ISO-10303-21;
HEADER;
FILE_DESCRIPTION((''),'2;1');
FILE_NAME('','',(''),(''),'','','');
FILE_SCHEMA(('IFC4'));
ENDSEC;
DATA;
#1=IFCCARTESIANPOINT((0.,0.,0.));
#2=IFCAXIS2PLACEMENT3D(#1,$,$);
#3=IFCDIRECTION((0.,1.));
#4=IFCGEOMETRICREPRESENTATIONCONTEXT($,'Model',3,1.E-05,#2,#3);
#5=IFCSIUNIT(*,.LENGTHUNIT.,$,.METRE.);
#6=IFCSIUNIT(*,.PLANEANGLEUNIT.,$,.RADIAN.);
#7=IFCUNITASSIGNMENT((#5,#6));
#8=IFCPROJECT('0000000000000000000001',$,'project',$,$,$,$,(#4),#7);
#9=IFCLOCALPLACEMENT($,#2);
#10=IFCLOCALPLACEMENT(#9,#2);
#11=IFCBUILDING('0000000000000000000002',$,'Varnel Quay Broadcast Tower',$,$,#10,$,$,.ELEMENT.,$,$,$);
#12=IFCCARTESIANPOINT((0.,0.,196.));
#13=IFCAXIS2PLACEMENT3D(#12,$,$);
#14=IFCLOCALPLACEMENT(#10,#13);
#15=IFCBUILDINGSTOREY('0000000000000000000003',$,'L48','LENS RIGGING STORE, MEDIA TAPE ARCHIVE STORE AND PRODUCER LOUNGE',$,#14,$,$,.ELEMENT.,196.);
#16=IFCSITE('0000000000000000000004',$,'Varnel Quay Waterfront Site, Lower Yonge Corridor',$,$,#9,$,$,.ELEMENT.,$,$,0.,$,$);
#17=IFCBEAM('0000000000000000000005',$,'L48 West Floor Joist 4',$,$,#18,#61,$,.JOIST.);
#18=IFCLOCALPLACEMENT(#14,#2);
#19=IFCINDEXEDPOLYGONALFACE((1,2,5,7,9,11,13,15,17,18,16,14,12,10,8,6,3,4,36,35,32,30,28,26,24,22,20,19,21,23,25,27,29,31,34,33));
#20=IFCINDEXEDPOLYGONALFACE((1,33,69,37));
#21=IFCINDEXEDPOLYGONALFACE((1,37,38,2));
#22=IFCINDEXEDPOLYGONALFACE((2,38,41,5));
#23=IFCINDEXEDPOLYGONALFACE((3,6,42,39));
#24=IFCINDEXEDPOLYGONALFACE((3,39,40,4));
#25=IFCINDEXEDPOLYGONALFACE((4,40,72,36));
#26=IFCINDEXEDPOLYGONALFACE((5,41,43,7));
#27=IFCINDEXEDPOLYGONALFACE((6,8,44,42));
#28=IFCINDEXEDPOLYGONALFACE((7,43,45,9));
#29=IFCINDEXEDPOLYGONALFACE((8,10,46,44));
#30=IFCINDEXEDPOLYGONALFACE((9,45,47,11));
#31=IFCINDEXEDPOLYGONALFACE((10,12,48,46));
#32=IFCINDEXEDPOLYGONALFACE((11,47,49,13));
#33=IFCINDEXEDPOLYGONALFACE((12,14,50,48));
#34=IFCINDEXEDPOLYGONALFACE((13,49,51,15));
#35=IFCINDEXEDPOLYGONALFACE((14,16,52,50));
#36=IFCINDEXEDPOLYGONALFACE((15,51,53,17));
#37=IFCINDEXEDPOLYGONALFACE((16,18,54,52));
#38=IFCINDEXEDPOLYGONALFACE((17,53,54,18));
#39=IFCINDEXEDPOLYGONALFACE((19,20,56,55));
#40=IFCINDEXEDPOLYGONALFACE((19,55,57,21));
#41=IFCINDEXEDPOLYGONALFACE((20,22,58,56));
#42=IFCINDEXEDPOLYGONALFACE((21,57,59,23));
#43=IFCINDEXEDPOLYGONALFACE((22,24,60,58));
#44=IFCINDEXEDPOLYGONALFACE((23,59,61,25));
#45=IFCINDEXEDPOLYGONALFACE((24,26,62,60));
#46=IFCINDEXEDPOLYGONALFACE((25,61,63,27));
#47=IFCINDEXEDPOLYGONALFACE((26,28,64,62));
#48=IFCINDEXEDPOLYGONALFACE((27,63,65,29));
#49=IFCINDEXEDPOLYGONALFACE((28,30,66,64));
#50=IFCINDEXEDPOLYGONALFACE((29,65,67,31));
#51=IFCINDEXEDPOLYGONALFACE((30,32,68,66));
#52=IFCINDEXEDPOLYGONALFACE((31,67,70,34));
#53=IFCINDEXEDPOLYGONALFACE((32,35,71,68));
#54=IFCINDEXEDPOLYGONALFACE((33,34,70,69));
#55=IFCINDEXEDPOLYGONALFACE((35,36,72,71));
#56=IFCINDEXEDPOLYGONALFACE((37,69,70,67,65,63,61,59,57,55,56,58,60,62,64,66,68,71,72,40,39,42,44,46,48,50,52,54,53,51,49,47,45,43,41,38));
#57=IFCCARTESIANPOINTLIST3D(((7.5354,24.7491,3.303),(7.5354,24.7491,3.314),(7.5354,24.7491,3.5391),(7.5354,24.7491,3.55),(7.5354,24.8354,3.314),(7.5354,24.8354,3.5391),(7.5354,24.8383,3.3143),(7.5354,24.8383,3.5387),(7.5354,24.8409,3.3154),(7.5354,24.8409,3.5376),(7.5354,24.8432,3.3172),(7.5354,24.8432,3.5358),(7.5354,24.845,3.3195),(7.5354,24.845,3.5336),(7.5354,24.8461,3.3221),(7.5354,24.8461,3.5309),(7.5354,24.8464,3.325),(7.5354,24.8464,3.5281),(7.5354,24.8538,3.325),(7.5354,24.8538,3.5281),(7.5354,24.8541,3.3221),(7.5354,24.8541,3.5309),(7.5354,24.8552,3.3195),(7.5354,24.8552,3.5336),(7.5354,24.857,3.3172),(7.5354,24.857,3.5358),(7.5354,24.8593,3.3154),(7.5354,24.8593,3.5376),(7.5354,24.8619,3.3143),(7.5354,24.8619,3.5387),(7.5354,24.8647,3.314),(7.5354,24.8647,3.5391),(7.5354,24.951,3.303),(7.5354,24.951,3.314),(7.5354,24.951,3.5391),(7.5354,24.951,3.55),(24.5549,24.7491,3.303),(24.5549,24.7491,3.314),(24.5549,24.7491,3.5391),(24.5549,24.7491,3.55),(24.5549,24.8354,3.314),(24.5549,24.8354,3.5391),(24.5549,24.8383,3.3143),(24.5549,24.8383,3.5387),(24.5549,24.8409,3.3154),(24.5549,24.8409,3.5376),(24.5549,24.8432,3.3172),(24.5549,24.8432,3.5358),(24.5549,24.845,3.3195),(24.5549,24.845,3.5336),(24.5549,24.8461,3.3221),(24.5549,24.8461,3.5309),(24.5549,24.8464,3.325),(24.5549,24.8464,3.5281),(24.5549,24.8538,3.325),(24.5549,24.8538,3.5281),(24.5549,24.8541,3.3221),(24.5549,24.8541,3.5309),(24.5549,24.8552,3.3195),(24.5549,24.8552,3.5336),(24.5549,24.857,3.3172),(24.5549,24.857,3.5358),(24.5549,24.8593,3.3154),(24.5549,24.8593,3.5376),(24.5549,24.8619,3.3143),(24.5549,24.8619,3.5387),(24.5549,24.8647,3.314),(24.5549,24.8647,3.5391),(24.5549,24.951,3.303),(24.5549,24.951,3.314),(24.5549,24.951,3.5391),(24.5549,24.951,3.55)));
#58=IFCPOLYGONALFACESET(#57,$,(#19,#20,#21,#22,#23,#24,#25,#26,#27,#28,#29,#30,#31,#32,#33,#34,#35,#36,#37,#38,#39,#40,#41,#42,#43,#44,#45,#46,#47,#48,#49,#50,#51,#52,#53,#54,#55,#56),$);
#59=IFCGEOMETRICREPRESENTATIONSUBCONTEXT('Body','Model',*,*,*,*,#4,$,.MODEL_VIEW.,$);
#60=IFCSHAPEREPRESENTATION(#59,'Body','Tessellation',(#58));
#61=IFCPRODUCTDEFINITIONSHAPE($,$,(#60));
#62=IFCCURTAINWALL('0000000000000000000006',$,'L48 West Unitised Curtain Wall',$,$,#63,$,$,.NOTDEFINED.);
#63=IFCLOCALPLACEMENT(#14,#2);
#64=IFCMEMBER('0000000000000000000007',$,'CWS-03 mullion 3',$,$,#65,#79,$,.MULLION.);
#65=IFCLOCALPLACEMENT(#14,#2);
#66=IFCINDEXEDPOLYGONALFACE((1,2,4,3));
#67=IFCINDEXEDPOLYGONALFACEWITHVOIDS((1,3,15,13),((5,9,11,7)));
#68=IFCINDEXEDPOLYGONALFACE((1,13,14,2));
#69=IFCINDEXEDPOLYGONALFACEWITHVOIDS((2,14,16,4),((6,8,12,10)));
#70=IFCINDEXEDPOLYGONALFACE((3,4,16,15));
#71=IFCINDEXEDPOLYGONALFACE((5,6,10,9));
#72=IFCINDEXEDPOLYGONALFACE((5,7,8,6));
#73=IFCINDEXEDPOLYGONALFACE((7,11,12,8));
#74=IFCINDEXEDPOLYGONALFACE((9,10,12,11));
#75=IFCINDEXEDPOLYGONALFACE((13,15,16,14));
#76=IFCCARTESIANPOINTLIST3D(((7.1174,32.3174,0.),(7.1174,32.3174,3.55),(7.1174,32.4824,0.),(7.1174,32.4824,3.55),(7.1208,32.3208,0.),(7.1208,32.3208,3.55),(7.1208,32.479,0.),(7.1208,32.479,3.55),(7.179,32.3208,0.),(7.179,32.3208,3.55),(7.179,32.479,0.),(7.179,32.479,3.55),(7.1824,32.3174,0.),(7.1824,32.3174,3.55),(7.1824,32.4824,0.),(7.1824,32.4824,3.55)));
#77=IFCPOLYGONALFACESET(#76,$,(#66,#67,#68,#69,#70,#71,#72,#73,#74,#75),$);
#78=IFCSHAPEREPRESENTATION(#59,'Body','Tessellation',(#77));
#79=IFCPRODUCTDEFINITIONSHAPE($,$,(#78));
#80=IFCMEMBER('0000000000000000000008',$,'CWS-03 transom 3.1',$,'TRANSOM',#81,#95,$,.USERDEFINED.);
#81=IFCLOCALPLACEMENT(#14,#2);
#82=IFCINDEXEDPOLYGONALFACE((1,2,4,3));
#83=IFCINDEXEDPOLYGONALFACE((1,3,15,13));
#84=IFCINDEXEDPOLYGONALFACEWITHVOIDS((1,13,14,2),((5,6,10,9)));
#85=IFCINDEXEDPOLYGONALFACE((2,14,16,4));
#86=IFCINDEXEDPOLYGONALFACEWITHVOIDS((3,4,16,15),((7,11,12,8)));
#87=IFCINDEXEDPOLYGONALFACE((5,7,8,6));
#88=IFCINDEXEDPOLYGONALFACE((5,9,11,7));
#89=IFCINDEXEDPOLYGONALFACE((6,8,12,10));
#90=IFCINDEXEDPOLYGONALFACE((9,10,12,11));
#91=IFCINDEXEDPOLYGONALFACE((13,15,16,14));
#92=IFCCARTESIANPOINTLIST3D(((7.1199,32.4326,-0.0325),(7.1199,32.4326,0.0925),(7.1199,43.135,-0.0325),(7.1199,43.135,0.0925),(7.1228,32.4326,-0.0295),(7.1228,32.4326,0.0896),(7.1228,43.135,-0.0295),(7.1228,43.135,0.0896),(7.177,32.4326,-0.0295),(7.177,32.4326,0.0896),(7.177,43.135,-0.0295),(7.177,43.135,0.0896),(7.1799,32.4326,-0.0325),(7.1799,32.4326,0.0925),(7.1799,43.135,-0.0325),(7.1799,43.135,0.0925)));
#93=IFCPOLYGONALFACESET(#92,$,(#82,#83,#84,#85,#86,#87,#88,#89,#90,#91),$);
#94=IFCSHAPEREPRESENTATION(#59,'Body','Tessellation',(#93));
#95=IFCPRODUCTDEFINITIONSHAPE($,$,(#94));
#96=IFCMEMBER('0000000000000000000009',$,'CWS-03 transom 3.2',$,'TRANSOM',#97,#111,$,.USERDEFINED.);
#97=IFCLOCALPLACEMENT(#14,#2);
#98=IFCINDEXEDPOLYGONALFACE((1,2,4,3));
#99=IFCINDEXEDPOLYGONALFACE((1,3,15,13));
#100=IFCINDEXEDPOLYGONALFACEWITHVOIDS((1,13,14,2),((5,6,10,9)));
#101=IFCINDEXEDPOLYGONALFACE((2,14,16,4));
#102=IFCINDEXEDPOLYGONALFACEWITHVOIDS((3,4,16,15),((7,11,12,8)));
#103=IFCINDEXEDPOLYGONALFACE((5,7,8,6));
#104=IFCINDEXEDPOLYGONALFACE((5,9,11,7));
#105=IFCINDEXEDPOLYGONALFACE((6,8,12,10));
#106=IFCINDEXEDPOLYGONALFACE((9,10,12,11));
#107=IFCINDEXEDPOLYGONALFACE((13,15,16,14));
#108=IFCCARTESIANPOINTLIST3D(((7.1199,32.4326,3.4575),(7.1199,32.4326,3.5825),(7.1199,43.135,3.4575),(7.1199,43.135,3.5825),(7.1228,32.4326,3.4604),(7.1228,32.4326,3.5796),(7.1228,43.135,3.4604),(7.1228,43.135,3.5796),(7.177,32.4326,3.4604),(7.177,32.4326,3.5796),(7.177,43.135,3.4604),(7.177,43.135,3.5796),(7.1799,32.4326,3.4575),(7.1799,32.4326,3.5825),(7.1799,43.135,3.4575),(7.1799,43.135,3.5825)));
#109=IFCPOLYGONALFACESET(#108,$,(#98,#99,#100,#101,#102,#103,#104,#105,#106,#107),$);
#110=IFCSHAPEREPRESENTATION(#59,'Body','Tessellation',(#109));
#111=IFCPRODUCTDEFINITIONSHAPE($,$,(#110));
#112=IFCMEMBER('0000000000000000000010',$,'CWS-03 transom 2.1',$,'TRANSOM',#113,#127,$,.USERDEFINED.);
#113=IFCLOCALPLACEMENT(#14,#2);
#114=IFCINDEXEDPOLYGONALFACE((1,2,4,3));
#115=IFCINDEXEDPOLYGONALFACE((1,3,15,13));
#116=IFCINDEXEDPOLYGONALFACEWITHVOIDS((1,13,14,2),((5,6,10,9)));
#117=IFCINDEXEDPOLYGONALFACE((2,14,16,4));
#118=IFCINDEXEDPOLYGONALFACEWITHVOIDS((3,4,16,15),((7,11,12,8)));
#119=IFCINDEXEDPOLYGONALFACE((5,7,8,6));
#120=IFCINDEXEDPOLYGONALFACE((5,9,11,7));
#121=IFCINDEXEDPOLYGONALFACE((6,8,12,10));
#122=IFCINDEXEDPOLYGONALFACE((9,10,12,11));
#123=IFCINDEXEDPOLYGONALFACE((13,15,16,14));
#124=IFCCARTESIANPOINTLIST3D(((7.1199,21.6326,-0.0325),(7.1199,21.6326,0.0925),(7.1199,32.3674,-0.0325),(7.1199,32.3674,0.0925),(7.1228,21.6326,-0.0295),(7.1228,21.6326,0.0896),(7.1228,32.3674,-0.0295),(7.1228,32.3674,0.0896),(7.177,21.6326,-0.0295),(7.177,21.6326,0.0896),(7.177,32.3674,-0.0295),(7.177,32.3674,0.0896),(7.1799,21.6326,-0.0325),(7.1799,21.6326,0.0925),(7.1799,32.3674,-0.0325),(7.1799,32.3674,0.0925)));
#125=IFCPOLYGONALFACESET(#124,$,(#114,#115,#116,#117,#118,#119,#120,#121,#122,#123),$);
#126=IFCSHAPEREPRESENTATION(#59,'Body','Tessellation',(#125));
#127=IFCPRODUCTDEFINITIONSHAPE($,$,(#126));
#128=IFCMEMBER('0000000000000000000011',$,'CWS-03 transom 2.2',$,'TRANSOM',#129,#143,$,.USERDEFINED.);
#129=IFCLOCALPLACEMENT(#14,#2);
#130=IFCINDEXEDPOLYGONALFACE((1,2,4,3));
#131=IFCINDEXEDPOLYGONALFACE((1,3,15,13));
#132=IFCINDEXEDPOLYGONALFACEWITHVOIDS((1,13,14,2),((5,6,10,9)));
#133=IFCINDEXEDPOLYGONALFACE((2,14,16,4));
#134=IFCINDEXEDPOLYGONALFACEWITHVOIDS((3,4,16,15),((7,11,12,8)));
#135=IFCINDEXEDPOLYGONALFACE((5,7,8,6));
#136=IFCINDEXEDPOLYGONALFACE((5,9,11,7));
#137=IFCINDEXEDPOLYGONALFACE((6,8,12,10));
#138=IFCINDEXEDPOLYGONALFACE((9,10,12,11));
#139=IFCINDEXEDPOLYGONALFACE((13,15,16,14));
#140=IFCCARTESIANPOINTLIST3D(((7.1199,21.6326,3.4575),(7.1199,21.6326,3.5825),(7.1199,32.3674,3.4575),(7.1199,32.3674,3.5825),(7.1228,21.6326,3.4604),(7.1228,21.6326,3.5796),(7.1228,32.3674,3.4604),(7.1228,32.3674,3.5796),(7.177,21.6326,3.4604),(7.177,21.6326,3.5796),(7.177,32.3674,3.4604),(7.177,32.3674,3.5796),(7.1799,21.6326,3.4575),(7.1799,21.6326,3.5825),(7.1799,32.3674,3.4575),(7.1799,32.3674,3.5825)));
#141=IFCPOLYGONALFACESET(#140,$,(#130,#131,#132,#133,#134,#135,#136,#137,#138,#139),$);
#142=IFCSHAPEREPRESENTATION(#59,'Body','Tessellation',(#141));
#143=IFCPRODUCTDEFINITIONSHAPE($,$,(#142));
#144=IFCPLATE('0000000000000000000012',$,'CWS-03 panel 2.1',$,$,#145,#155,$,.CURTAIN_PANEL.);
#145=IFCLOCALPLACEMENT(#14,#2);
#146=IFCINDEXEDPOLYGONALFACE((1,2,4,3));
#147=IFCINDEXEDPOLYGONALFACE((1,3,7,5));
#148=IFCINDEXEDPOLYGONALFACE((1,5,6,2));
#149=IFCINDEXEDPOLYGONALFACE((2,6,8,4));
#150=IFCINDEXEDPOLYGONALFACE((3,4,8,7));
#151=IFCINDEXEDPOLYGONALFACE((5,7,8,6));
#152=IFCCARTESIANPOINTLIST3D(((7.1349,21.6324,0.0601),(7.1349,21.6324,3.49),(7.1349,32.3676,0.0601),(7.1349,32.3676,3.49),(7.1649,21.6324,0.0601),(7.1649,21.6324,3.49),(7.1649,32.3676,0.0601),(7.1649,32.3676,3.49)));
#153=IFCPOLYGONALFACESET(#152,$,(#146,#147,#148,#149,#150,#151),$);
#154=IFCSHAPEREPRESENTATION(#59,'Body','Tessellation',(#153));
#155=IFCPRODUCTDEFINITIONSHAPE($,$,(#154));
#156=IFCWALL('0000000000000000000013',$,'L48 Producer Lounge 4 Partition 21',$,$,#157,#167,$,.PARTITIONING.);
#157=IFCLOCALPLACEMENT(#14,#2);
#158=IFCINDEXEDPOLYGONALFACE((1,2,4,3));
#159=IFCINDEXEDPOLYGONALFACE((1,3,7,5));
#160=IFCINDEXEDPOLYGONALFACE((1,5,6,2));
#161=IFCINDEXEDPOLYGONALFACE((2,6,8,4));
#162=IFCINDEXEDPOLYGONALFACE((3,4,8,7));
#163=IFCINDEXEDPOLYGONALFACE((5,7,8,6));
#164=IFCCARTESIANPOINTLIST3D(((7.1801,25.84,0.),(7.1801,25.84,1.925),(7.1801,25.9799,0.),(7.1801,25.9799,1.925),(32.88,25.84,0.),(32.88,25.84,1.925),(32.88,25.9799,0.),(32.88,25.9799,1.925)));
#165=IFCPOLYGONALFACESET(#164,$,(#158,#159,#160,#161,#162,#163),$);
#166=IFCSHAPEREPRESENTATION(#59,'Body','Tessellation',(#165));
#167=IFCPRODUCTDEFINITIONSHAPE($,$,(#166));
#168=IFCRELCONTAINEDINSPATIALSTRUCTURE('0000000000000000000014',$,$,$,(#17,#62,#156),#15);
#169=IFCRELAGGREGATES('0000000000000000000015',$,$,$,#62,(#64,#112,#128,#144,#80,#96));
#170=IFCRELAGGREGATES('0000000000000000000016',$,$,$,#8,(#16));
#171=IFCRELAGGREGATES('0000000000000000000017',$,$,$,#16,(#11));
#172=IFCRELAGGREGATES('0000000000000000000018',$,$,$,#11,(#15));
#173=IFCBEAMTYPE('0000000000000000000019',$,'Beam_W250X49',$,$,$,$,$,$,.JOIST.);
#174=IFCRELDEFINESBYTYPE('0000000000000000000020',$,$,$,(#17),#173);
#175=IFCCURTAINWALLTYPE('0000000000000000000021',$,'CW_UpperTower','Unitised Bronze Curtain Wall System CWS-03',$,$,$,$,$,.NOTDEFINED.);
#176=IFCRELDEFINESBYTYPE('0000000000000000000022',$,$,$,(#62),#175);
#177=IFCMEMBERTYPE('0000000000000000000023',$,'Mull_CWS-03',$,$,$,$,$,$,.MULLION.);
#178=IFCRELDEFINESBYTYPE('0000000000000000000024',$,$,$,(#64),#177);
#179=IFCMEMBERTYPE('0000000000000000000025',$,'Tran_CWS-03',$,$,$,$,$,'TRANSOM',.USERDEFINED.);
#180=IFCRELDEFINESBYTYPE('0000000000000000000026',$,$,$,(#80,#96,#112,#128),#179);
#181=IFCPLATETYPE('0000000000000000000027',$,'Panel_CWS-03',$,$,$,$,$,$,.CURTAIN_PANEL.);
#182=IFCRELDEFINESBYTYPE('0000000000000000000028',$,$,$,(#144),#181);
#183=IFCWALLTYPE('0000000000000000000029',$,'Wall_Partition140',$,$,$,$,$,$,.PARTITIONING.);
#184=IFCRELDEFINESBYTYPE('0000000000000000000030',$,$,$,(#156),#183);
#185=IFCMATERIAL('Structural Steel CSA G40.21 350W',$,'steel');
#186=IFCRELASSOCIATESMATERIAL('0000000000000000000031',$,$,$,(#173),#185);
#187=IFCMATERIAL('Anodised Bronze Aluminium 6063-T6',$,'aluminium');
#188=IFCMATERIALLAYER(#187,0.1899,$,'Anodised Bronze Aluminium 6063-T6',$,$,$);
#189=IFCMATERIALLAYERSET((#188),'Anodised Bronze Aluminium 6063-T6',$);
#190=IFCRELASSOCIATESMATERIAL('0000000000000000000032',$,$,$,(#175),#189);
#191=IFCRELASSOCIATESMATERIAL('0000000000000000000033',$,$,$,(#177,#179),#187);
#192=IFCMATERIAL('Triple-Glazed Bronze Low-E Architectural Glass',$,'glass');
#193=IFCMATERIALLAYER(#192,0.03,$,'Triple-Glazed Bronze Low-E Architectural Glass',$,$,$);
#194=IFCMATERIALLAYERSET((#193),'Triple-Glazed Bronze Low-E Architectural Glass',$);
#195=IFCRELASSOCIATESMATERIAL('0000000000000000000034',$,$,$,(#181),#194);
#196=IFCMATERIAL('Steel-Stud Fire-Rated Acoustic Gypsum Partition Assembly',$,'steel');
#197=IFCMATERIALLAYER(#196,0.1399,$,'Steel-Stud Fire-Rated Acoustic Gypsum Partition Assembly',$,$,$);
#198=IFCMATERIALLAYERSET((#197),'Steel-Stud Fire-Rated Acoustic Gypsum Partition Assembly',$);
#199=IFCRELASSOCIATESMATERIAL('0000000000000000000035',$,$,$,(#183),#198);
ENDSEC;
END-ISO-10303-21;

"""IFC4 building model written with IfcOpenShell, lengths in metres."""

from ifc_helpers import new_model, si_unit, direction, frame, frame_2d, origin, origin_2d, place, context, subcontext, project, spatial, rectangle, hollow_rectangle, i_section, extrude, source, transform, mapped, material, layer, layer_set, material_profile, profile_set, type_object, type_shapes, element, aggregate, save


model = new_model("IFC4")

# Units and contexts
model_context = context("Model", 3, precision=1e-05, world=origin(), true_north=direction((0.0, 1.0)))
body_context = subcontext(model_context, "Body", "Model", "MODEL_VIEW")
ifc_project = project(units=[si_unit("LENGTHUNIT", "METRE"), si_unit("PLANEANGLEUNIT", "RADIAN")], contexts=[model_context])

# Site, building, storey
site_placement = place(None, origin())
site = spatial("IfcSite", under=ifc_project, at=site_placement, Name="Varnel Quay Waterfront Site, Lower Yonge Corridor", CompositionType="ELEMENT", RefElevation=0.0)
building_placement = place(site_placement, origin())
building = spatial("IfcBuilding", under=site, at=building_placement, Name="Varnel Quay Broadcast Tower", CompositionType="ELEMENT")
storey_placement = place(building_placement, frame((0.0, 0.0, 196.0)))
storey = spatial("IfcBuildingStorey", under=building, at=storey_placement, Name="L48", Description="LENS RIGGING STORE, MEDIA TAPE ARCHIVE STORE AND PRODUCER LOUNGE", CompositionType="ELEMENT", Elevation=196.0)

# Shared definitions
ifc_material_1 = material(Name="Structural Steel CSA G40.21 350W", Category="steel")

# Beam
ifc_material_profile_1 = material_profile(ifc_material_1, i_section(OverallWidth=0.2019, OverallDepth=0.2471, WebThickness=0.0073, FlangeThickness=0.011, FilletRadius=0.011, at=origin_2d()), Name="W250X49")
ifc_profile_set_1 = profile_set([ifc_material_profile_1], Name="Structural Steel CSA G40.21 350W")
beam_type_1 = type_object("IfcBeamType", Name="Beam_W250X49", PredefinedType="JOIST", material=ifc_profile_set_1)
shared_shape_1 = source(origin(), body_context, "Body", "SweptSolid", [
    extrude(i_section(OverallWidth=0.2019, OverallDepth=0.2471, WebThickness=0.0073, FlangeThickness=0.011, FilletRadius=0.011, at=origin_2d()), origin(), (0.0, 0.0, 1.0), 17.0195),
])
beam_1_placement = place(storey_placement, frame((7.5354, 24.8501, 3.4265), z_axis=(1.0, 0.0, 0.0), x_axis=(0.0, 1.0, 0.0)))
element("IfcBeam", 1, at=beam_1_placement, inside=storey, type_object=beam_type_1, Name="L48 West Floor Joist 4", PredefinedType="JOIST", context=body_context, shape_type="MappedRepresentation", body=[
    mapped(shared_shape_1, transform((0.0, 0.0, 0.0), x_axis=(1.0, 0.0, 0.0), y_axis=(0.0, 1.0, 0.0), z_axis=(0.0, 0.0, 1.0), scale=1.0)),
])

# Curtain wall, members, plate
ifc_material_2 = material(Name="Anodised Bronze Aluminium 6063-T6", Category="aluminium")
ifc_layer_1 = layer(ifc_material_2, 0.1899, Name="Anodised Bronze Aluminium 6063-T6")
ifc_layer_set_1 = layer_set([ifc_layer_1], Name="Anodised Bronze Aluminium 6063-T6")
curtain_wall_type = type_object("IfcCurtainWallType", Name="CW_UpperTower", Description="Unitised Bronze Curtain Wall System CWS-03", PredefinedType="NOTDEFINED", material=ifc_layer_set_1)
curtain_wall_placement = place(storey_placement, origin())
curtain_wall = element("IfcCurtainWall", 2, at=curtain_wall_placement, inside=storey, type_object=curtain_wall_type, Name="L48 West Unitised Curtain Wall", PredefinedType="NOTDEFINED")
ifc_material_profile_2 = material_profile(ifc_material_2, hollow_rectangle(XDim=0.0649, YDim=0.165, WallThickness=0.0034, at=origin_2d()), Name="ALU65X165X3.5")
ifc_profile_set_2 = profile_set([ifc_material_profile_2], Name="Anodised Bronze Aluminium 6063-T6")
member_type_1 = type_object("IfcMemberType", Name="Mull_CWS-03", PredefinedType="MULLION", material=ifc_profile_set_2)
shared_shape_2 = source(origin(), body_context, "Body", "SweptSolid", [
    extrude(hollow_rectangle(XDim=0.0649, YDim=0.165, WallThickness=0.0034, at=origin_2d()), origin(), (0.0, 0.0, 1.0), 3.55),
])
type_shapes(member_type_1, [shared_shape_2])
member_1_placement = place(storey_placement, frame((7.1499, 32.3999, 0.0), z_axis=(0.0, 0.0, 1.0), x_axis=(-1.0, 0.0, 0.0)))
member_1 = element("IfcMember", 3, at=member_1_placement, type_object=member_type_1, Name="CWS-03 mullion 3", PredefinedType="MULLION", context=body_context, shape_type="MappedRepresentation", body=[
    mapped(shared_shape_2, transform((0.0, 0.0, 0.0), x_axis=(1.0, 0.0, 0.0), y_axis=(0.0, 1.0, 0.0), z_axis=(0.0, 0.0, 1.0), scale=1.0)),
])
ifc_material_profile_3 = material_profile(ifc_material_2, hollow_rectangle(XDim=0.0601, YDim=0.125, WallThickness=0.0029, at=origin_2d()), Name="ALU60X125X3")
ifc_profile_set_3 = profile_set([ifc_material_profile_3], Name="Anodised Bronze Aluminium 6063-T6")
member_type_2 = type_object("IfcMemberType", Name="Tran_CWS-03", ElementType="TRANSOM", PredefinedType="USERDEFINED", material=ifc_profile_set_3)
shared_shape_3 = source(origin(), body_context, "Body", "SweptSolid", [
    extrude(hollow_rectangle(XDim=0.0601, YDim=0.125, WallThickness=0.0029, at=origin_2d()), origin(), (0.0, 0.0, 1.0), 10.7024),
])
member_2_placement = place(storey_placement, frame((7.1499, 32.4326, 0.03), z_axis=(0.0, 1.0, 0.0), x_axis=(-1.0, 0.0, 0.0)))
member_2 = element("IfcMember", 4, at=member_2_placement, type_object=member_type_2, Name="CWS-03 transom 3.1", ObjectType="TRANSOM", PredefinedType="USERDEFINED", context=body_context, shape_type="MappedRepresentation", body=[
    mapped(shared_shape_3, transform((0.0, 0.0, 0.0), x_axis=(1.0, 0.0, 0.0), y_axis=(0.0, 1.0, 0.0), z_axis=(0.0, 0.0, 1.0), scale=1.0)),
])
member_3_placement = place(storey_placement, frame((7.1499, 32.4326, 3.52), z_axis=(0.0, 1.0, 0.0), x_axis=(-1.0, 0.0, 0.0)))
member_3 = element("IfcMember", 5, at=member_3_placement, type_object=member_type_2, Name="CWS-03 transom 3.2", ObjectType="TRANSOM", PredefinedType="USERDEFINED", context=body_context, shape_type="MappedRepresentation", body=[
    mapped(shared_shape_3, transform((0.0, 0.0, 0.0), x_axis=(1.0, 0.0, 0.0), y_axis=(0.0, 1.0, 0.0), z_axis=(0.0, 0.0, 1.0), scale=1.0)),
])
shared_shape_4 = source(origin(), body_context, "Body", "SweptSolid", [
    extrude(hollow_rectangle(XDim=0.0601, YDim=0.125, WallThickness=0.0029, at=origin_2d()), origin(), (0.0, 0.0, 1.0), 10.7349),
])
type_shapes(member_type_2, [shared_shape_3, shared_shape_4])
member_4_placement = place(storey_placement, frame((7.1499, 21.6326, 0.03), z_axis=(0.0, 1.0, 0.0), x_axis=(-1.0, 0.0, 0.0)))
member_4 = element("IfcMember", 6, at=member_4_placement, type_object=member_type_2, Name="CWS-03 transom 2.1", ObjectType="TRANSOM", PredefinedType="USERDEFINED", context=body_context, shape_type="MappedRepresentation", body=[
    mapped(shared_shape_4, transform((0.0, 0.0, 0.0), x_axis=(1.0, 0.0, 0.0), y_axis=(0.0, 1.0, 0.0), z_axis=(0.0, 0.0, 1.0), scale=1.0)),
])
member_5_placement = place(storey_placement, frame((7.1499, 21.6326, 3.52), z_axis=(0.0, 1.0, 0.0), x_axis=(-1.0, 0.0, 0.0)))
member_5 = element("IfcMember", 7, at=member_5_placement, type_object=member_type_2, Name="CWS-03 transom 2.2", ObjectType="TRANSOM", PredefinedType="USERDEFINED", context=body_context, shape_type="MappedRepresentation", body=[
    mapped(shared_shape_4, transform((0.0, 0.0, 0.0), x_axis=(1.0, 0.0, 0.0), y_axis=(0.0, 1.0, 0.0), z_axis=(0.0, 0.0, 1.0), scale=1.0)),
])
ifc_material_3 = material(Name="Triple-Glazed Bronze Low-E Architectural Glass", Category="glass")
ifc_layer_2 = layer(ifc_material_3, 0.03, Name="Triple-Glazed Bronze Low-E Architectural Glass")
ifc_layer_set_2 = layer_set([ifc_layer_2], Name="Triple-Glazed Bronze Low-E Architectural Glass")
plate_type = type_object("IfcPlateType", Name="Panel_CWS-03", PredefinedType="CURTAIN_PANEL", material=ifc_layer_set_2)
shared_shape_5 = source(origin(), body_context, "Body", "SweptSolid", [
    extrude(rectangle(XDim=10.7351, YDim=0.03, at=origin_2d()), origin(), (0.0, 0.0, 1.0), 3.4299),
])
type_shapes(plate_type, [shared_shape_5])
plate_placement = place(storey_placement, frame((7.1499, 27.0, 0.0601), z_axis=(0.0, 0.0, 1.0), x_axis=(0.0, 1.0, 0.0)))
plate = element("IfcPlate", 8, at=plate_placement, type_object=plate_type, Name="CWS-03 panel 2.1", PredefinedType="CURTAIN_PANEL", context=body_context, shape_type="MappedRepresentation", body=[
    mapped(shared_shape_5, transform((0.0, 0.0, 0.0), x_axis=(1.0, 0.0, 0.0), y_axis=(0.0, 1.0, 0.0), z_axis=(0.0, 0.0, 1.0), scale=1.0)),
])
aggregate(curtain_wall, [member_1, member_4, member_5, plate, member_2, member_3])

# Wall
ifc_material_4 = material(Name="Steel-Stud Fire-Rated Acoustic Gypsum Partition Assembly", Category="steel")
ifc_layer_3 = layer(ifc_material_4, 0.1399, Name="Steel-Stud Fire-Rated Acoustic Gypsum Partition Assembly")
ifc_layer_set_3 = layer_set([ifc_layer_3], Name="Steel-Stud Fire-Rated Acoustic Gypsum Partition Assembly")
wall_type_1 = type_object("IfcWallType", Name="Wall_Partition140", PredefinedType="PARTITIONING", material=ifc_layer_set_3)
wall_1_placement = place(storey_placement, frame((7.1799, 25.9099, 0.0), z_axis=(0.0, 0.0, 1.0), x_axis=(1.0, 0.0, 0.0)))
element("IfcWall", 9, at=wall_1_placement, inside=storey, type_object=wall_type_1, Name="L48 Producer Lounge 4 Partition 21", PredefinedType="PARTITIONING", context=body_context, shape_type="SweptSolid", body=[
    extrude(rectangle(XDim=25.7, YDim=0.1399, at=frame_2d((12.8501, 0.0))), origin(), (0.0, 0.0, 1.0), 1.925),
])

save(model, "model.ifc")
